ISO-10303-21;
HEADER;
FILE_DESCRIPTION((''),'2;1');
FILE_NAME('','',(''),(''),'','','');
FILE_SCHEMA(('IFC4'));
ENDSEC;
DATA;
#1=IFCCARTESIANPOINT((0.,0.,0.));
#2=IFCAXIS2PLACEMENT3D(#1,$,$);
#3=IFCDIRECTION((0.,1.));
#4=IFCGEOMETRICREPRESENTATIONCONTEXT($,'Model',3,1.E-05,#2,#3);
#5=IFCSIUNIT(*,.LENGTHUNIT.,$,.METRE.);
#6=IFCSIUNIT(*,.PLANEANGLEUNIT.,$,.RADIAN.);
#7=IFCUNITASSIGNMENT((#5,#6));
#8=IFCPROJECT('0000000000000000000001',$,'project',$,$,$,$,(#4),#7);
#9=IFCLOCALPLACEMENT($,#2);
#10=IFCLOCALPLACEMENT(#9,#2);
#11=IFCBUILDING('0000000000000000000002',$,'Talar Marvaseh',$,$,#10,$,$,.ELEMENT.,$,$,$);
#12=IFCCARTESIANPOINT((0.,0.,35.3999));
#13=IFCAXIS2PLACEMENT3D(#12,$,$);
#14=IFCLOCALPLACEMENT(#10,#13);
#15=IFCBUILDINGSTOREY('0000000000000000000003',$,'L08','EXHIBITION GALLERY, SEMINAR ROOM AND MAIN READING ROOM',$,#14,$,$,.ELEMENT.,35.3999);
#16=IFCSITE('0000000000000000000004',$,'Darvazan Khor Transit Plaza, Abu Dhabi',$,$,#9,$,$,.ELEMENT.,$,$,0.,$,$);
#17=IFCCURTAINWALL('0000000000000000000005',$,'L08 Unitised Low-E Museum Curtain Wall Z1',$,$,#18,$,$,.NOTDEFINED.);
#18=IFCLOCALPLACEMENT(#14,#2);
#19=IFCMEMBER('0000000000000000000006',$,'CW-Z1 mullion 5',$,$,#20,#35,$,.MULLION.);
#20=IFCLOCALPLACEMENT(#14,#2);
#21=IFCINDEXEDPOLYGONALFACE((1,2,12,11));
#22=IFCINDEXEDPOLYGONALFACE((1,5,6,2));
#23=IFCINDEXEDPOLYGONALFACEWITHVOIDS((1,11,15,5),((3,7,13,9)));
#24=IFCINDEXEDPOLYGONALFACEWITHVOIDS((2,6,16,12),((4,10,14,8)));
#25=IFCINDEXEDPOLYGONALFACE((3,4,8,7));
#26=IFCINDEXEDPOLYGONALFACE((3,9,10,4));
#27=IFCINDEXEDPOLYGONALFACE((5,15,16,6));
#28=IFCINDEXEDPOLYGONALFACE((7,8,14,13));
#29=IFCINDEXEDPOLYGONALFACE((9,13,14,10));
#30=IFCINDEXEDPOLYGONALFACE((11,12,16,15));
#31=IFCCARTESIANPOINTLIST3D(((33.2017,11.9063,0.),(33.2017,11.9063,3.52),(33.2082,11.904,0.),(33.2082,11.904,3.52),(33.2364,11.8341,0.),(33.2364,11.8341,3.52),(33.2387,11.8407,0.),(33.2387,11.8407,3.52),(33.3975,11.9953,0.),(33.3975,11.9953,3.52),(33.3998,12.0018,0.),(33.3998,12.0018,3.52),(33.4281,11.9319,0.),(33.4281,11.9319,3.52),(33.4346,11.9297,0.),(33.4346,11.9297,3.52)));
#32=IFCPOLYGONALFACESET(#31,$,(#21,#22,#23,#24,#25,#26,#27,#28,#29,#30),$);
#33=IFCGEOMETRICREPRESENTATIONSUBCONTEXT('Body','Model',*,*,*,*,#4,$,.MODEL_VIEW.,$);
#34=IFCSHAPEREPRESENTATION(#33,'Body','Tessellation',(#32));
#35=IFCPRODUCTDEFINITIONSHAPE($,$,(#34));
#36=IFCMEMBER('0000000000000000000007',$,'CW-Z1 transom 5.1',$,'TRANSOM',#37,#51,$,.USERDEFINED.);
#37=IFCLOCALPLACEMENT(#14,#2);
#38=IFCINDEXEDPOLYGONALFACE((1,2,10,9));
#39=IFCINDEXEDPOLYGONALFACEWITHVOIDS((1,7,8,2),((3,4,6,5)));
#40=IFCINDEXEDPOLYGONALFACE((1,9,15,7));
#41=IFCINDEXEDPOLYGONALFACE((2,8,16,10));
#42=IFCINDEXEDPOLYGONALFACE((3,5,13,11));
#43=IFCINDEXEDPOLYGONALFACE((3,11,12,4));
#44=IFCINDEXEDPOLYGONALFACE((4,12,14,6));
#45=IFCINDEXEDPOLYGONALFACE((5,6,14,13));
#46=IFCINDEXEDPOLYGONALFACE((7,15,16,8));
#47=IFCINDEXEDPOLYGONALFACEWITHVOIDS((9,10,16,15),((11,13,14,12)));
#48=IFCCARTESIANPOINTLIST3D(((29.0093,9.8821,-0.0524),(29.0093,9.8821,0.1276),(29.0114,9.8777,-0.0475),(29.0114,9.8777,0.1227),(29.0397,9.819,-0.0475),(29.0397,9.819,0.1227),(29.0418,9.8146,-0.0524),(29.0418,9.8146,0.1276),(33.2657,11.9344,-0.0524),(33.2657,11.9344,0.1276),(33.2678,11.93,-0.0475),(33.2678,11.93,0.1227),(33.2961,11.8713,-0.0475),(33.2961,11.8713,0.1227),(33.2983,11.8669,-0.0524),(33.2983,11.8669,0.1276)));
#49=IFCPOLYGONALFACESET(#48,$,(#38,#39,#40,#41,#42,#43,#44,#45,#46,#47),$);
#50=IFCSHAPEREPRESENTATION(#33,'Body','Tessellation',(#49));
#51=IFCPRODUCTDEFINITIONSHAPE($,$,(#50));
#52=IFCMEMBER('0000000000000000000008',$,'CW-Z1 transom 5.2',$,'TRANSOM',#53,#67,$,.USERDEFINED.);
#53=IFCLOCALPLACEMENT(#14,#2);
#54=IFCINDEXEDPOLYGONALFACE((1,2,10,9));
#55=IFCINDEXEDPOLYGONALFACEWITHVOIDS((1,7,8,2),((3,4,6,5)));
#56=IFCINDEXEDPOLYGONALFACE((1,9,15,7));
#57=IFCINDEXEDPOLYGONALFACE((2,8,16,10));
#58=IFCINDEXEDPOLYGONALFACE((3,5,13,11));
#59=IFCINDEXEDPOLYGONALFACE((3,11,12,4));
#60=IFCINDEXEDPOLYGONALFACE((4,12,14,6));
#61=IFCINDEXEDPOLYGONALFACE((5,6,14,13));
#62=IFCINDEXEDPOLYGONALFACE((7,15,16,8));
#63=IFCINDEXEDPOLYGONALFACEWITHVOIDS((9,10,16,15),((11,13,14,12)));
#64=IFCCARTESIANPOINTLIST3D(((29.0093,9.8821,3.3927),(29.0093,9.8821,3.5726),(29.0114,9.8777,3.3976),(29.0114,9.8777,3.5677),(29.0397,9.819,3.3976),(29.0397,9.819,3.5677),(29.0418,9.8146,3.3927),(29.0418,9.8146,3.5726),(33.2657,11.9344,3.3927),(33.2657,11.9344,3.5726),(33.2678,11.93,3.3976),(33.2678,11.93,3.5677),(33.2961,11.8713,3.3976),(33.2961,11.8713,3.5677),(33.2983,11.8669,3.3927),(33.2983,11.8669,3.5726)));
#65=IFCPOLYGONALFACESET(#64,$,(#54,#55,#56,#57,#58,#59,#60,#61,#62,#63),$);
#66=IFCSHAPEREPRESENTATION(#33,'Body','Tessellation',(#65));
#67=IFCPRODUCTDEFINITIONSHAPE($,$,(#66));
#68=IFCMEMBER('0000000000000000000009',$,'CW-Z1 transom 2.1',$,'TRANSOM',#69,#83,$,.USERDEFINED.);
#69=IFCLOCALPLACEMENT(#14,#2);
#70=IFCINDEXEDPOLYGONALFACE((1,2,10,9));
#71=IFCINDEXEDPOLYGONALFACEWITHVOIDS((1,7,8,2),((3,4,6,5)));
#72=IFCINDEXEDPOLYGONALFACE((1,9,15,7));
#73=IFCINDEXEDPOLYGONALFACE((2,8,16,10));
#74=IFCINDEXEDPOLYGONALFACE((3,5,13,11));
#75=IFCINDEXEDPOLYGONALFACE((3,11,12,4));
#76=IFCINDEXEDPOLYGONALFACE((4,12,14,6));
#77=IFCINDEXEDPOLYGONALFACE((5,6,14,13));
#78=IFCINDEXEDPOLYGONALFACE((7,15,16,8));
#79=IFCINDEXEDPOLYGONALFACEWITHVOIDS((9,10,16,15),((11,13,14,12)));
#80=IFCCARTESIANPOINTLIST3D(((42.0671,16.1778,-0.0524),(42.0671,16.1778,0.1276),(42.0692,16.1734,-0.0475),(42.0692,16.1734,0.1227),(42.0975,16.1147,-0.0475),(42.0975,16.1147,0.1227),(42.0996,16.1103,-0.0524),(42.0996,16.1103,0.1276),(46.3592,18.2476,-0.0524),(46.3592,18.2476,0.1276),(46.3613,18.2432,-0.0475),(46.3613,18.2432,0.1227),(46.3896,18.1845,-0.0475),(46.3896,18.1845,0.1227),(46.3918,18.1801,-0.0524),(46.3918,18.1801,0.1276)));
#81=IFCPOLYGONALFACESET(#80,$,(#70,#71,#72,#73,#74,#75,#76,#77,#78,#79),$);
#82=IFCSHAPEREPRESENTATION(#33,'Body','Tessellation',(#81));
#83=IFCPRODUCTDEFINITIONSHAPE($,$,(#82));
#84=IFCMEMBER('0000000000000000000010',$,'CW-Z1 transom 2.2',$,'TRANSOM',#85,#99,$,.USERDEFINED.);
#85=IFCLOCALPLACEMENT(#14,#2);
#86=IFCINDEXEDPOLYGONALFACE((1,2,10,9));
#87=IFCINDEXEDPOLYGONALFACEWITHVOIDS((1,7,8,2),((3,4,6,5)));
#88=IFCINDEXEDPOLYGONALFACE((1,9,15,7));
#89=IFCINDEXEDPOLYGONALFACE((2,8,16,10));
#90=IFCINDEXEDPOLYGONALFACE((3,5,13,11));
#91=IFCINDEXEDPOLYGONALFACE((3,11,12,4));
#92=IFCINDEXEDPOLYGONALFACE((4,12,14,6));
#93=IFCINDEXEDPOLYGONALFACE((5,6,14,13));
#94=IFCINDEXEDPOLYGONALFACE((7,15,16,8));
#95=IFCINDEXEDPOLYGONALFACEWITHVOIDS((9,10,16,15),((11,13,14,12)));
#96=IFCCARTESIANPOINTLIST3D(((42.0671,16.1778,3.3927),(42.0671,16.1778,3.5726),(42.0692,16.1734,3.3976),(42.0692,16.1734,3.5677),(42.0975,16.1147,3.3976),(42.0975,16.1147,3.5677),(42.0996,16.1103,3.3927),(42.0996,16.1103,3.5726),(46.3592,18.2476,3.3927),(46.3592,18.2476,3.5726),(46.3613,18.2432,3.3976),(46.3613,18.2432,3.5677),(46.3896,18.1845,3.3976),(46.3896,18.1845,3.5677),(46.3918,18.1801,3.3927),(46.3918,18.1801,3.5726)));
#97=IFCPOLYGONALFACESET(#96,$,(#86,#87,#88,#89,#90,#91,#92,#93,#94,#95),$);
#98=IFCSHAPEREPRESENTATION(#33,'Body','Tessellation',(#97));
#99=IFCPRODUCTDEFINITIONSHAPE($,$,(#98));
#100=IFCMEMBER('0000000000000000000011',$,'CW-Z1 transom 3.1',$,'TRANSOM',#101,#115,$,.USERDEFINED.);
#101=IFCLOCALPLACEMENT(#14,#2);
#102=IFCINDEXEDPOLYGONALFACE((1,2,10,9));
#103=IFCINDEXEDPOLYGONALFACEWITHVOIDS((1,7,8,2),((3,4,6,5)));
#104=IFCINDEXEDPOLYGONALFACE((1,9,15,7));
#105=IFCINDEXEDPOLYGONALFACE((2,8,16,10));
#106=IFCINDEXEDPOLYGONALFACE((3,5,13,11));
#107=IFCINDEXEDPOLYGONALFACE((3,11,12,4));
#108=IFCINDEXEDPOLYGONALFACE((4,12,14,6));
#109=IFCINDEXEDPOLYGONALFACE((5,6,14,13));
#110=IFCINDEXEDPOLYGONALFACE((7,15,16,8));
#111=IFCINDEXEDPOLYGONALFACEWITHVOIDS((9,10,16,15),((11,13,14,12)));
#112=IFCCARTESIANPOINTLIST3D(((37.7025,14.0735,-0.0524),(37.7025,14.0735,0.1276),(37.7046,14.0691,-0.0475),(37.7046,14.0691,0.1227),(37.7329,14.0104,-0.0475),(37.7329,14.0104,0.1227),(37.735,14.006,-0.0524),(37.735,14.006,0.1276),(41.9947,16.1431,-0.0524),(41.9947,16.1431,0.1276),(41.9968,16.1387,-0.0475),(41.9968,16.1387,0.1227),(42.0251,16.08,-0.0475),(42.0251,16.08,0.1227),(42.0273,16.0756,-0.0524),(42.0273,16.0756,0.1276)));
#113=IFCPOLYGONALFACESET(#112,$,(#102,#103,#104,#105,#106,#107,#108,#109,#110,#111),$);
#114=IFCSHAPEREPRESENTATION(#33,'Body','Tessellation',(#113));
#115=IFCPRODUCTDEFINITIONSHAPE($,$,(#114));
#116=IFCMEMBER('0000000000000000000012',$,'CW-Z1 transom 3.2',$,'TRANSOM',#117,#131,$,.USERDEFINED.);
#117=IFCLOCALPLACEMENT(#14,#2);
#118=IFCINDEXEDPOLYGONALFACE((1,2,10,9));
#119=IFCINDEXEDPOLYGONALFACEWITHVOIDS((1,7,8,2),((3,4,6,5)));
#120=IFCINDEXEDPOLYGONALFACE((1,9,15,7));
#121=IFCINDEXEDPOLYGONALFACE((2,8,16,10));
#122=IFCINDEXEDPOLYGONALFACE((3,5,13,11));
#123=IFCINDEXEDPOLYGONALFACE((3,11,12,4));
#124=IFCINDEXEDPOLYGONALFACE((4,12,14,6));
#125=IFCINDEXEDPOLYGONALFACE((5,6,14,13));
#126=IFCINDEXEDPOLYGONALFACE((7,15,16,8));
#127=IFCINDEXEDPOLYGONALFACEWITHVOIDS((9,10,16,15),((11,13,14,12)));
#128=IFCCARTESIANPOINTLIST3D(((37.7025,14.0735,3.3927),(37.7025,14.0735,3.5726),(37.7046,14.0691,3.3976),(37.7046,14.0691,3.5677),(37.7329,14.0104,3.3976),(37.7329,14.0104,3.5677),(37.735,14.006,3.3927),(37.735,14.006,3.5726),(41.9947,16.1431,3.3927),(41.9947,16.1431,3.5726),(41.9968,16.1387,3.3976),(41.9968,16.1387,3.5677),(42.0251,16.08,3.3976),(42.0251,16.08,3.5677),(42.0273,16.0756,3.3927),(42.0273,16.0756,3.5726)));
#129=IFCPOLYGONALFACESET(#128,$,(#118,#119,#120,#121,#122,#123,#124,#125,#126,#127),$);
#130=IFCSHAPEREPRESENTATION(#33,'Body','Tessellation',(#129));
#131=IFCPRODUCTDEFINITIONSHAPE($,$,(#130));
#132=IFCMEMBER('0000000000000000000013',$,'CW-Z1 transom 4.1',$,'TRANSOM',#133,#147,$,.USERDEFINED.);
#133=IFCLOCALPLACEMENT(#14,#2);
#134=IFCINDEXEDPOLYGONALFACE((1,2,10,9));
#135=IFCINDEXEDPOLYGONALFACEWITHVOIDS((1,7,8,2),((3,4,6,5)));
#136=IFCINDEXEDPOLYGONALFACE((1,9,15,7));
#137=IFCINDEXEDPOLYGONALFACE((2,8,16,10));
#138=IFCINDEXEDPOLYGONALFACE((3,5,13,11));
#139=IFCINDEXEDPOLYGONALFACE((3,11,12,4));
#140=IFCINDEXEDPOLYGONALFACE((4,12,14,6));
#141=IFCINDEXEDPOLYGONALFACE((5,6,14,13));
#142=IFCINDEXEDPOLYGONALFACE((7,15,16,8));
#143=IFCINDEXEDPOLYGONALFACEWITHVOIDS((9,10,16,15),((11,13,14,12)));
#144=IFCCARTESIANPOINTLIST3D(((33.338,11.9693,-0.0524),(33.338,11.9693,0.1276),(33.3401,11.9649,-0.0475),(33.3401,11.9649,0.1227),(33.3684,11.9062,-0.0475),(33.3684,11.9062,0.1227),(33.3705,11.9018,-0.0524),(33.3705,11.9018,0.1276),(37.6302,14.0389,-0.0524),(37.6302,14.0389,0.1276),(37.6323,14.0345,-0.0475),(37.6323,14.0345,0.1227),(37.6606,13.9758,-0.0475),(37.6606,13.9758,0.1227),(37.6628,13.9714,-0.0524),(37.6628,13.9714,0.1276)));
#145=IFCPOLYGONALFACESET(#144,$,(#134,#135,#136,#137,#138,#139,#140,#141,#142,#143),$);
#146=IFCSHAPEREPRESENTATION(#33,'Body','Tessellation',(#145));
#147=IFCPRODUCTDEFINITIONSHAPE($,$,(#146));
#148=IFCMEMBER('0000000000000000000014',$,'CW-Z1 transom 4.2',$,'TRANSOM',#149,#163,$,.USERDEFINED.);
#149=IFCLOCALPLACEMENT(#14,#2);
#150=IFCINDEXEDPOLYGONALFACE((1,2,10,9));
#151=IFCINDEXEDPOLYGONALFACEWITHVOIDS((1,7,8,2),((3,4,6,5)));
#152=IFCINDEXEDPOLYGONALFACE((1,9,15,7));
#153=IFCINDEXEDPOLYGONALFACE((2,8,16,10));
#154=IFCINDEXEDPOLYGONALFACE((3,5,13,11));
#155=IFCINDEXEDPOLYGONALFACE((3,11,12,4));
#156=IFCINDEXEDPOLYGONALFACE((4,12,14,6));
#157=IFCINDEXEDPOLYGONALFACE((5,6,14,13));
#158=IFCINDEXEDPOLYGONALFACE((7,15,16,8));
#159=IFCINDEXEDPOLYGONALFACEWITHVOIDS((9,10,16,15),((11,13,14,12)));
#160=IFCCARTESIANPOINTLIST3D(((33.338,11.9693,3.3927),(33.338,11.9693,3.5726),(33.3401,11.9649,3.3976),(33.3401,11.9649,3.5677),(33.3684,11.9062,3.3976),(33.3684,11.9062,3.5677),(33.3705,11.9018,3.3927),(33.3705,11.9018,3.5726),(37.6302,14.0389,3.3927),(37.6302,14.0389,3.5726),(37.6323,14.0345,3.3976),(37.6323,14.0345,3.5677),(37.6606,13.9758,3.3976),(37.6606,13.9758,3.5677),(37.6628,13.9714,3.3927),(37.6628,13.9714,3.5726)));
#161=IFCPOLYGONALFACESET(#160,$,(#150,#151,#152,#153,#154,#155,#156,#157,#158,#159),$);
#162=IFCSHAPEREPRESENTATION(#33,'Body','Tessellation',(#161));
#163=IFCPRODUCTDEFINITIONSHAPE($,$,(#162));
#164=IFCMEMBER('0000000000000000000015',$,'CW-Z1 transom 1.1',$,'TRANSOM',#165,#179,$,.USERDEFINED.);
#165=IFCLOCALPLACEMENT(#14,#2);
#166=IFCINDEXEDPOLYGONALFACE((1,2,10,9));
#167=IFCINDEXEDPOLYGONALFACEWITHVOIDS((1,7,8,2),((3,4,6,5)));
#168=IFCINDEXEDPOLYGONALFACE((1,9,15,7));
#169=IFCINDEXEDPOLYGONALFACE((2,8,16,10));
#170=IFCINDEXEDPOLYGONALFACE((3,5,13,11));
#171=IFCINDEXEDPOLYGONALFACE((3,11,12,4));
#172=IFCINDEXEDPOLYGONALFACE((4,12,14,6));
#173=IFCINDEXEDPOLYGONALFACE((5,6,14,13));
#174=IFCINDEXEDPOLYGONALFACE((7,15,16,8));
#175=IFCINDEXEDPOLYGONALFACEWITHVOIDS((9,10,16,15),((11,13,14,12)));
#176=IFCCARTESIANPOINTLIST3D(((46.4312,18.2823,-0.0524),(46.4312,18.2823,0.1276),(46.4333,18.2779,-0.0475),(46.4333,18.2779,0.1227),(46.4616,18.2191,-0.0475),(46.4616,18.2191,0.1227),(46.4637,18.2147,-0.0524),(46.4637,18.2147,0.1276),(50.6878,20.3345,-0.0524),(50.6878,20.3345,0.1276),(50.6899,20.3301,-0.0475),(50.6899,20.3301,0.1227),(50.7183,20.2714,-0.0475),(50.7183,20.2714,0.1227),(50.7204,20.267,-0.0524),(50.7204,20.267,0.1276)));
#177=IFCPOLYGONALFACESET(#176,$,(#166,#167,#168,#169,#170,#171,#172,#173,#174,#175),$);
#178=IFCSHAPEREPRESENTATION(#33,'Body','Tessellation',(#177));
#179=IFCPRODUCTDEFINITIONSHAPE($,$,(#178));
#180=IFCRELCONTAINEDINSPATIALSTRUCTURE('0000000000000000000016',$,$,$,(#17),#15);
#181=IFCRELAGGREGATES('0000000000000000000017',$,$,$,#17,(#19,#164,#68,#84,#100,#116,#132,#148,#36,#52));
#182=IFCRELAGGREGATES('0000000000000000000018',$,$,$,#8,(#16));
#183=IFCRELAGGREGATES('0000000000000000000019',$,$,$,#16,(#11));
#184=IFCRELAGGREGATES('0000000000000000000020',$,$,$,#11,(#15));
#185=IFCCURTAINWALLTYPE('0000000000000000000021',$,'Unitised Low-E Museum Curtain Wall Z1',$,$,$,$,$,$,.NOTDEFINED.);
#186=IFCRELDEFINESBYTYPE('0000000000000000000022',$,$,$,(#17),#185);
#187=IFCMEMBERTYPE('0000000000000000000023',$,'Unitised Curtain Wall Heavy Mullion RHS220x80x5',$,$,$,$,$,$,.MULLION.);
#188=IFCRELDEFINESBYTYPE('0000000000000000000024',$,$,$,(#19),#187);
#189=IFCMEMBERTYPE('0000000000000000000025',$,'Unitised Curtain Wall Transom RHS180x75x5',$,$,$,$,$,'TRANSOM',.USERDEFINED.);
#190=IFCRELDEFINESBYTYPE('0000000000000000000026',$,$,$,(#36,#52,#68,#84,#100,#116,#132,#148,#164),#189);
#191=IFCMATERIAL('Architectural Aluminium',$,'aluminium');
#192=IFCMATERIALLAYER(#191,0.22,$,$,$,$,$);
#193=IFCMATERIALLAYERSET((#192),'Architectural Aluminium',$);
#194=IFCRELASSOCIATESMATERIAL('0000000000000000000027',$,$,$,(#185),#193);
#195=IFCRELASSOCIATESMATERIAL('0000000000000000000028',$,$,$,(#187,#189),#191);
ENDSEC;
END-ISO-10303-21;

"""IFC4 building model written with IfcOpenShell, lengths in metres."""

from ifc_helpers import new_model, si_unit, direction, frame, origin, origin_2d, place, context, subcontext, project, spatial, hollow_rectangle, extrude, source, transform, mapped, material, layer, layer_set, material_profile, profile_set, type_object, type_shapes, element, aggregate, save


model = new_model("IFC4")

# Units and contexts
model_context = context("Model", 3, precision=1e-05, world=origin(), true_north=direction((0.0, 1.0)))
body_context = subcontext(model_context, "Body", "Model", "MODEL_VIEW")
ifc_project = project(units=[si_unit("LENGTHUNIT", "METRE"), si_unit("PLANEANGLEUNIT", "RADIAN")], contexts=[model_context])

# Site, building, storey
site_placement = place(None, origin())
site = spatial("IfcSite", under=ifc_project, at=site_placement, Name="Darvazan Khor Transit Plaza, Abu Dhabi", CompositionType="ELEMENT", RefElevation=0.0)
building_placement = place(site_placement, origin())
building = spatial("IfcBuilding", under=site, at=building_placement, Name="Talar Marvaseh", CompositionType="ELEMENT")
storey_placement = place(building_placement, frame((0.0, 0.0, 35.3999)))
storey = spatial("IfcBuildingStorey", under=building, at=storey_placement, Name="L08", Description="EXHIBITION GALLERY, SEMINAR ROOM AND MAIN READING ROOM", CompositionType="ELEMENT", Elevation=35.3999)

# Curtain wall, members
ifc_material_1 = material(Name="Architectural Aluminium", Category="aluminium")
ifc_layer_1 = layer(ifc_material_1, 0.22)
ifc_layer_set_1 = layer_set([ifc_layer_1], Name="Architectural Aluminium")
curtain_wall_type = type_object("IfcCurtainWallType", Name="Unitised Low-E Museum Curtain Wall Z1", PredefinedType="NOTDEFINED", material=ifc_layer_set_1)
curtain_wall_placement = place(storey_placement, origin())
curtain_wall = element("IfcCurtainWall", 1, at=curtain_wall_placement, inside=storey, type_object=curtain_wall_type, Name="L08 Unitised Low-E Museum Curtain Wall Z1", PredefinedType="NOTDEFINED")
ifc_material_profile_1 = material_profile(ifc_material_1, hollow_rectangle(XDim=0.0801, YDim=0.22, WallThickness=0.0049, at=origin_2d()), Name="RHS220x80x5")
ifc_profile_set_1 = profile_set([ifc_material_profile_1], Name="Architectural Aluminium")
member_type_1 = type_object("IfcMemberType", Name="Unitised Curtain Wall Heavy Mullion RHS220x80x5", PredefinedType="MULLION", material=ifc_profile_set_1)
shared_shape_1 = source(origin(), body_context, "Body", "SweptSolid", [
    extrude(hollow_rectangle(XDim=0.0801, YDim=0.22, WallThickness=0.0049, at=origin_2d()), origin(), (0.0, 0.0, 1.0), 3.52),
])
type_shapes(member_type_1, [shared_shape_1])
member_1_placement = place(storey_placement, frame((33.3181, 11.918, 0.0), z_axis=(0.0, 0.0, 1.0), x_axis=(0.434307, -0.900765, 0.0)))
member_1 = element("IfcMember", 2, at=member_1_placement, type_object=member_type_1, Name="CW-Z1 mullion 5", PredefinedType="MULLION", context=body_context, shape_type="MappedRepresentation", body=[
    mapped(shared_shape_1, transform((0.0, 0.0, 0.0), x_axis=(1.0, 0.0, 0.0), y_axis=(0.0, 1.0, 0.0), z_axis=(0.0, 0.0, 1.0), scale=1.0)),
])
ifc_material_profile_2 = material_profile(ifc_material_1, hollow_rectangle(XDim=0.075, YDim=0.1799, WallThickness=0.0049, at=origin_2d()), Name="RHS180x75x5")
ifc_profile_set_2 = profile_set([ifc_material_profile_2], Name="Architectural Aluminium")
member_type_2 = type_object("IfcMemberType", Name="Unitised Curtain Wall Transom RHS180x75x5", ElementType="TRANSOM", PredefinedType="USERDEFINED", material=ifc_profile_set_2)
shared_shape_2 = source(origin(), body_context, "Body", "SweptSolid", [
    extrude(hollow_rectangle(XDim=0.075, YDim=0.1799, WallThickness=0.0049, at=origin_2d()), origin(), (0.0, 0.0, 1.0), 4.7253),
])
member_2_placement = place(storey_placement, frame((33.282, 11.9006, 0.0376), z_axis=(-0.900762, -0.434313, 0.0), x_axis=(0.434313, -0.900762, 0.0)))
member_2 = element("IfcMember", 3, at=member_2_placement, type_object=member_type_2, Name="CW-Z1 transom 5.1", ObjectType="TRANSOM", PredefinedType="USERDEFINED", context=body_context, shape_type="MappedRepresentation", body=[
    mapped(shared_shape_2, transform((0.0, 0.0, 0.0), x_axis=(1.0, 0.0, 0.0), y_axis=(0.0, 1.0, 0.0), z_axis=(0.0, 0.0, 1.0), scale=1.0)),
])
member_3_placement = place(storey_placement, frame((33.282, 11.9006, 3.4827), z_axis=(-0.900762, -0.434313, 0.0), x_axis=(0.434313, -0.900762, 0.0)))
member_3 = element("IfcMember", 4, at=member_3_placement, type_object=member_type_2, Name="CW-Z1 transom 5.2", ObjectType="TRANSOM", PredefinedType="USERDEFINED", context=body_context, shape_type="MappedRepresentation", body=[
    mapped(shared_shape_2, transform((0.0, 0.0, 0.0), x_axis=(1.0, 0.0, 0.0), y_axis=(0.0, 1.0, 0.0), z_axis=(0.0, 0.0, 1.0), scale=1.0)),
])
shared_shape_3 = source(origin(), body_context, "Body", "SweptSolid", [
    extrude(hollow_rectangle(XDim=0.075, YDim=0.1799, WallThickness=0.0049, at=origin_2d()), origin(), (0.0, 0.0, 1.0), 4.7651),
])
member_4_placement = place(storey_placement, frame((46.3755, 18.2139, 0.0376), z_axis=(-0.90074, -0.434359, 0.0), x_axis=(0.434359, -0.90074, 0.0)))
member_4 = element("IfcMember", 5, at=member_4_placement, type_object=member_type_2, Name="CW-Z1 transom 2.1", ObjectType="TRANSOM", PredefinedType="USERDEFINED", context=body_context, shape_type="MappedRepresentation", body=[
    mapped(shared_shape_3, transform((0.0, 0.0, 0.0), x_axis=(1.0, 0.0, 0.0), y_axis=(0.0, 1.0, 0.0), z_axis=(0.0, 0.0, 1.0), scale=1.0)),
])
member_5_placement = place(storey_placement, frame((46.3755, 18.2139, 3.4827), z_axis=(-0.90074, -0.434359, 0.0), x_axis=(0.434359, -0.90074, 0.0)))
member_5 = element("IfcMember", 6, at=member_5_placement, type_object=member_type_2, Name="CW-Z1 transom 2.2", ObjectType="TRANSOM", PredefinedType="USERDEFINED", context=body_context, shape_type="MappedRepresentation", body=[
    mapped(shared_shape_3, transform((0.0, 0.0, 0.0), x_axis=(1.0, 0.0, 0.0), y_axis=(0.0, 1.0, 0.0), z_axis=(0.0, 0.0, 1.0), scale=1.0)),
])
member_6_placement = place(storey_placement, frame((42.011, 16.1094, 0.0376), z_axis=(-0.90076, -0.434318, 0.0), x_axis=(0.434318, -0.90076, 0.0)))
member_6 = element("IfcMember", 7, at=member_6_placement, type_object=member_type_2, Name="CW-Z1 transom 3.1", ObjectType="TRANSOM", PredefinedType="USERDEFINED", context=body_context, shape_type="MappedRepresentation", body=[
    mapped(shared_shape_3, transform((0.0, 0.0, 0.0), x_axis=(1.0, 0.0, 0.0), y_axis=(0.0, 1.0, 0.0), z_axis=(0.0, 0.0, 1.0), scale=1.0)),
])
member_7_placement = place(storey_placement, frame((42.011, 16.1094, 3.4827), z_axis=(-0.90076, -0.434318, 0.0), x_axis=(0.434318, -0.90076, 0.0)))
member_7 = element("IfcMember", 8, at=member_7_placement, type_object=member_type_2, Name="CW-Z1 transom 3.2", ObjectType="TRANSOM", PredefinedType="USERDEFINED", context=body_context, shape_type="MappedRepresentation", body=[
    mapped(shared_shape_3, transform((0.0, 0.0, 0.0), x_axis=(1.0, 0.0, 0.0), y_axis=(0.0, 1.0, 0.0), z_axis=(0.0, 0.0, 1.0), scale=1.0)),
])
member_8_placement = place(storey_placement, frame((37.6465, 14.0051, 0.0376), z_axis=(-0.90076, -0.434318, 0.0), x_axis=(0.434318, -0.90076, 0.0)))
member_8 = element("IfcMember", 9, at=member_8_placement, type_object=member_type_2, Name="CW-Z1 transom 4.1", ObjectType="TRANSOM", PredefinedType="USERDEFINED", context=body_context, shape_type="MappedRepresentation", body=[
    mapped(shared_shape_3, transform((0.0, 0.0, 0.0), x_axis=(1.0, 0.0, 0.0), y_axis=(0.0, 1.0, 0.0), z_axis=(0.0, 0.0, 1.0), scale=1.0)),
])
member_9_placement = place(storey_placement, frame((37.6465, 14.0051, 3.4827), z_axis=(-0.90076, -0.434318, 0.0), x_axis=(0.434318, -0.90076, 0.0)))
member_9 = element("IfcMember", 10, at=member_9_placement, type_object=member_type_2, Name="CW-Z1 transom 4.2", ObjectType="TRANSOM", PredefinedType="USERDEFINED", context=body_context, shape_type="MappedRepresentation", body=[
    mapped(shared_shape_3, transform((0.0, 0.0, 0.0), x_axis=(1.0, 0.0, 0.0), y_axis=(0.0, 1.0, 0.0), z_axis=(0.0, 0.0, 1.0), scale=1.0)),
])
shared_shape_4 = source(origin(), body_context, "Body", "SweptSolid", [
    extrude(hollow_rectangle(XDim=0.075, YDim=0.1799, WallThickness=0.0049, at=origin_2d()), origin(), (0.0, 0.0, 1.0), 4.7256),
])
type_shapes(member_type_2, [shared_shape_2, shared_shape_3, shared_shape_4])
member_10_placement = place(storey_placement, frame((50.7041, 20.3008, 0.0376), z_axis=(-0.900772, -0.434292, 0.0), x_axis=(0.434292, -0.900772, 0.0)))
member_10 = element("IfcMember", 11, at=member_10_placement, type_object=member_type_2, Name="CW-Z1 transom 1.1", ObjectType="TRANSOM", PredefinedType="USERDEFINED", context=body_context, shape_type="MappedRepresentation", body=[
    mapped(shared_shape_4, transform((0.0, 0.0, 0.0), x_axis=(1.0, 0.0, 0.0), y_axis=(0.0, 1.0, 0.0), z_axis=(0.0, 0.0, 1.0), scale=1.0)),
])
aggregate(curtain_wall, [member_1, member_10, member_4, member_5, member_6, member_7, member_8, member_9, member_2, member_3])

save(model, "model.ifc")
